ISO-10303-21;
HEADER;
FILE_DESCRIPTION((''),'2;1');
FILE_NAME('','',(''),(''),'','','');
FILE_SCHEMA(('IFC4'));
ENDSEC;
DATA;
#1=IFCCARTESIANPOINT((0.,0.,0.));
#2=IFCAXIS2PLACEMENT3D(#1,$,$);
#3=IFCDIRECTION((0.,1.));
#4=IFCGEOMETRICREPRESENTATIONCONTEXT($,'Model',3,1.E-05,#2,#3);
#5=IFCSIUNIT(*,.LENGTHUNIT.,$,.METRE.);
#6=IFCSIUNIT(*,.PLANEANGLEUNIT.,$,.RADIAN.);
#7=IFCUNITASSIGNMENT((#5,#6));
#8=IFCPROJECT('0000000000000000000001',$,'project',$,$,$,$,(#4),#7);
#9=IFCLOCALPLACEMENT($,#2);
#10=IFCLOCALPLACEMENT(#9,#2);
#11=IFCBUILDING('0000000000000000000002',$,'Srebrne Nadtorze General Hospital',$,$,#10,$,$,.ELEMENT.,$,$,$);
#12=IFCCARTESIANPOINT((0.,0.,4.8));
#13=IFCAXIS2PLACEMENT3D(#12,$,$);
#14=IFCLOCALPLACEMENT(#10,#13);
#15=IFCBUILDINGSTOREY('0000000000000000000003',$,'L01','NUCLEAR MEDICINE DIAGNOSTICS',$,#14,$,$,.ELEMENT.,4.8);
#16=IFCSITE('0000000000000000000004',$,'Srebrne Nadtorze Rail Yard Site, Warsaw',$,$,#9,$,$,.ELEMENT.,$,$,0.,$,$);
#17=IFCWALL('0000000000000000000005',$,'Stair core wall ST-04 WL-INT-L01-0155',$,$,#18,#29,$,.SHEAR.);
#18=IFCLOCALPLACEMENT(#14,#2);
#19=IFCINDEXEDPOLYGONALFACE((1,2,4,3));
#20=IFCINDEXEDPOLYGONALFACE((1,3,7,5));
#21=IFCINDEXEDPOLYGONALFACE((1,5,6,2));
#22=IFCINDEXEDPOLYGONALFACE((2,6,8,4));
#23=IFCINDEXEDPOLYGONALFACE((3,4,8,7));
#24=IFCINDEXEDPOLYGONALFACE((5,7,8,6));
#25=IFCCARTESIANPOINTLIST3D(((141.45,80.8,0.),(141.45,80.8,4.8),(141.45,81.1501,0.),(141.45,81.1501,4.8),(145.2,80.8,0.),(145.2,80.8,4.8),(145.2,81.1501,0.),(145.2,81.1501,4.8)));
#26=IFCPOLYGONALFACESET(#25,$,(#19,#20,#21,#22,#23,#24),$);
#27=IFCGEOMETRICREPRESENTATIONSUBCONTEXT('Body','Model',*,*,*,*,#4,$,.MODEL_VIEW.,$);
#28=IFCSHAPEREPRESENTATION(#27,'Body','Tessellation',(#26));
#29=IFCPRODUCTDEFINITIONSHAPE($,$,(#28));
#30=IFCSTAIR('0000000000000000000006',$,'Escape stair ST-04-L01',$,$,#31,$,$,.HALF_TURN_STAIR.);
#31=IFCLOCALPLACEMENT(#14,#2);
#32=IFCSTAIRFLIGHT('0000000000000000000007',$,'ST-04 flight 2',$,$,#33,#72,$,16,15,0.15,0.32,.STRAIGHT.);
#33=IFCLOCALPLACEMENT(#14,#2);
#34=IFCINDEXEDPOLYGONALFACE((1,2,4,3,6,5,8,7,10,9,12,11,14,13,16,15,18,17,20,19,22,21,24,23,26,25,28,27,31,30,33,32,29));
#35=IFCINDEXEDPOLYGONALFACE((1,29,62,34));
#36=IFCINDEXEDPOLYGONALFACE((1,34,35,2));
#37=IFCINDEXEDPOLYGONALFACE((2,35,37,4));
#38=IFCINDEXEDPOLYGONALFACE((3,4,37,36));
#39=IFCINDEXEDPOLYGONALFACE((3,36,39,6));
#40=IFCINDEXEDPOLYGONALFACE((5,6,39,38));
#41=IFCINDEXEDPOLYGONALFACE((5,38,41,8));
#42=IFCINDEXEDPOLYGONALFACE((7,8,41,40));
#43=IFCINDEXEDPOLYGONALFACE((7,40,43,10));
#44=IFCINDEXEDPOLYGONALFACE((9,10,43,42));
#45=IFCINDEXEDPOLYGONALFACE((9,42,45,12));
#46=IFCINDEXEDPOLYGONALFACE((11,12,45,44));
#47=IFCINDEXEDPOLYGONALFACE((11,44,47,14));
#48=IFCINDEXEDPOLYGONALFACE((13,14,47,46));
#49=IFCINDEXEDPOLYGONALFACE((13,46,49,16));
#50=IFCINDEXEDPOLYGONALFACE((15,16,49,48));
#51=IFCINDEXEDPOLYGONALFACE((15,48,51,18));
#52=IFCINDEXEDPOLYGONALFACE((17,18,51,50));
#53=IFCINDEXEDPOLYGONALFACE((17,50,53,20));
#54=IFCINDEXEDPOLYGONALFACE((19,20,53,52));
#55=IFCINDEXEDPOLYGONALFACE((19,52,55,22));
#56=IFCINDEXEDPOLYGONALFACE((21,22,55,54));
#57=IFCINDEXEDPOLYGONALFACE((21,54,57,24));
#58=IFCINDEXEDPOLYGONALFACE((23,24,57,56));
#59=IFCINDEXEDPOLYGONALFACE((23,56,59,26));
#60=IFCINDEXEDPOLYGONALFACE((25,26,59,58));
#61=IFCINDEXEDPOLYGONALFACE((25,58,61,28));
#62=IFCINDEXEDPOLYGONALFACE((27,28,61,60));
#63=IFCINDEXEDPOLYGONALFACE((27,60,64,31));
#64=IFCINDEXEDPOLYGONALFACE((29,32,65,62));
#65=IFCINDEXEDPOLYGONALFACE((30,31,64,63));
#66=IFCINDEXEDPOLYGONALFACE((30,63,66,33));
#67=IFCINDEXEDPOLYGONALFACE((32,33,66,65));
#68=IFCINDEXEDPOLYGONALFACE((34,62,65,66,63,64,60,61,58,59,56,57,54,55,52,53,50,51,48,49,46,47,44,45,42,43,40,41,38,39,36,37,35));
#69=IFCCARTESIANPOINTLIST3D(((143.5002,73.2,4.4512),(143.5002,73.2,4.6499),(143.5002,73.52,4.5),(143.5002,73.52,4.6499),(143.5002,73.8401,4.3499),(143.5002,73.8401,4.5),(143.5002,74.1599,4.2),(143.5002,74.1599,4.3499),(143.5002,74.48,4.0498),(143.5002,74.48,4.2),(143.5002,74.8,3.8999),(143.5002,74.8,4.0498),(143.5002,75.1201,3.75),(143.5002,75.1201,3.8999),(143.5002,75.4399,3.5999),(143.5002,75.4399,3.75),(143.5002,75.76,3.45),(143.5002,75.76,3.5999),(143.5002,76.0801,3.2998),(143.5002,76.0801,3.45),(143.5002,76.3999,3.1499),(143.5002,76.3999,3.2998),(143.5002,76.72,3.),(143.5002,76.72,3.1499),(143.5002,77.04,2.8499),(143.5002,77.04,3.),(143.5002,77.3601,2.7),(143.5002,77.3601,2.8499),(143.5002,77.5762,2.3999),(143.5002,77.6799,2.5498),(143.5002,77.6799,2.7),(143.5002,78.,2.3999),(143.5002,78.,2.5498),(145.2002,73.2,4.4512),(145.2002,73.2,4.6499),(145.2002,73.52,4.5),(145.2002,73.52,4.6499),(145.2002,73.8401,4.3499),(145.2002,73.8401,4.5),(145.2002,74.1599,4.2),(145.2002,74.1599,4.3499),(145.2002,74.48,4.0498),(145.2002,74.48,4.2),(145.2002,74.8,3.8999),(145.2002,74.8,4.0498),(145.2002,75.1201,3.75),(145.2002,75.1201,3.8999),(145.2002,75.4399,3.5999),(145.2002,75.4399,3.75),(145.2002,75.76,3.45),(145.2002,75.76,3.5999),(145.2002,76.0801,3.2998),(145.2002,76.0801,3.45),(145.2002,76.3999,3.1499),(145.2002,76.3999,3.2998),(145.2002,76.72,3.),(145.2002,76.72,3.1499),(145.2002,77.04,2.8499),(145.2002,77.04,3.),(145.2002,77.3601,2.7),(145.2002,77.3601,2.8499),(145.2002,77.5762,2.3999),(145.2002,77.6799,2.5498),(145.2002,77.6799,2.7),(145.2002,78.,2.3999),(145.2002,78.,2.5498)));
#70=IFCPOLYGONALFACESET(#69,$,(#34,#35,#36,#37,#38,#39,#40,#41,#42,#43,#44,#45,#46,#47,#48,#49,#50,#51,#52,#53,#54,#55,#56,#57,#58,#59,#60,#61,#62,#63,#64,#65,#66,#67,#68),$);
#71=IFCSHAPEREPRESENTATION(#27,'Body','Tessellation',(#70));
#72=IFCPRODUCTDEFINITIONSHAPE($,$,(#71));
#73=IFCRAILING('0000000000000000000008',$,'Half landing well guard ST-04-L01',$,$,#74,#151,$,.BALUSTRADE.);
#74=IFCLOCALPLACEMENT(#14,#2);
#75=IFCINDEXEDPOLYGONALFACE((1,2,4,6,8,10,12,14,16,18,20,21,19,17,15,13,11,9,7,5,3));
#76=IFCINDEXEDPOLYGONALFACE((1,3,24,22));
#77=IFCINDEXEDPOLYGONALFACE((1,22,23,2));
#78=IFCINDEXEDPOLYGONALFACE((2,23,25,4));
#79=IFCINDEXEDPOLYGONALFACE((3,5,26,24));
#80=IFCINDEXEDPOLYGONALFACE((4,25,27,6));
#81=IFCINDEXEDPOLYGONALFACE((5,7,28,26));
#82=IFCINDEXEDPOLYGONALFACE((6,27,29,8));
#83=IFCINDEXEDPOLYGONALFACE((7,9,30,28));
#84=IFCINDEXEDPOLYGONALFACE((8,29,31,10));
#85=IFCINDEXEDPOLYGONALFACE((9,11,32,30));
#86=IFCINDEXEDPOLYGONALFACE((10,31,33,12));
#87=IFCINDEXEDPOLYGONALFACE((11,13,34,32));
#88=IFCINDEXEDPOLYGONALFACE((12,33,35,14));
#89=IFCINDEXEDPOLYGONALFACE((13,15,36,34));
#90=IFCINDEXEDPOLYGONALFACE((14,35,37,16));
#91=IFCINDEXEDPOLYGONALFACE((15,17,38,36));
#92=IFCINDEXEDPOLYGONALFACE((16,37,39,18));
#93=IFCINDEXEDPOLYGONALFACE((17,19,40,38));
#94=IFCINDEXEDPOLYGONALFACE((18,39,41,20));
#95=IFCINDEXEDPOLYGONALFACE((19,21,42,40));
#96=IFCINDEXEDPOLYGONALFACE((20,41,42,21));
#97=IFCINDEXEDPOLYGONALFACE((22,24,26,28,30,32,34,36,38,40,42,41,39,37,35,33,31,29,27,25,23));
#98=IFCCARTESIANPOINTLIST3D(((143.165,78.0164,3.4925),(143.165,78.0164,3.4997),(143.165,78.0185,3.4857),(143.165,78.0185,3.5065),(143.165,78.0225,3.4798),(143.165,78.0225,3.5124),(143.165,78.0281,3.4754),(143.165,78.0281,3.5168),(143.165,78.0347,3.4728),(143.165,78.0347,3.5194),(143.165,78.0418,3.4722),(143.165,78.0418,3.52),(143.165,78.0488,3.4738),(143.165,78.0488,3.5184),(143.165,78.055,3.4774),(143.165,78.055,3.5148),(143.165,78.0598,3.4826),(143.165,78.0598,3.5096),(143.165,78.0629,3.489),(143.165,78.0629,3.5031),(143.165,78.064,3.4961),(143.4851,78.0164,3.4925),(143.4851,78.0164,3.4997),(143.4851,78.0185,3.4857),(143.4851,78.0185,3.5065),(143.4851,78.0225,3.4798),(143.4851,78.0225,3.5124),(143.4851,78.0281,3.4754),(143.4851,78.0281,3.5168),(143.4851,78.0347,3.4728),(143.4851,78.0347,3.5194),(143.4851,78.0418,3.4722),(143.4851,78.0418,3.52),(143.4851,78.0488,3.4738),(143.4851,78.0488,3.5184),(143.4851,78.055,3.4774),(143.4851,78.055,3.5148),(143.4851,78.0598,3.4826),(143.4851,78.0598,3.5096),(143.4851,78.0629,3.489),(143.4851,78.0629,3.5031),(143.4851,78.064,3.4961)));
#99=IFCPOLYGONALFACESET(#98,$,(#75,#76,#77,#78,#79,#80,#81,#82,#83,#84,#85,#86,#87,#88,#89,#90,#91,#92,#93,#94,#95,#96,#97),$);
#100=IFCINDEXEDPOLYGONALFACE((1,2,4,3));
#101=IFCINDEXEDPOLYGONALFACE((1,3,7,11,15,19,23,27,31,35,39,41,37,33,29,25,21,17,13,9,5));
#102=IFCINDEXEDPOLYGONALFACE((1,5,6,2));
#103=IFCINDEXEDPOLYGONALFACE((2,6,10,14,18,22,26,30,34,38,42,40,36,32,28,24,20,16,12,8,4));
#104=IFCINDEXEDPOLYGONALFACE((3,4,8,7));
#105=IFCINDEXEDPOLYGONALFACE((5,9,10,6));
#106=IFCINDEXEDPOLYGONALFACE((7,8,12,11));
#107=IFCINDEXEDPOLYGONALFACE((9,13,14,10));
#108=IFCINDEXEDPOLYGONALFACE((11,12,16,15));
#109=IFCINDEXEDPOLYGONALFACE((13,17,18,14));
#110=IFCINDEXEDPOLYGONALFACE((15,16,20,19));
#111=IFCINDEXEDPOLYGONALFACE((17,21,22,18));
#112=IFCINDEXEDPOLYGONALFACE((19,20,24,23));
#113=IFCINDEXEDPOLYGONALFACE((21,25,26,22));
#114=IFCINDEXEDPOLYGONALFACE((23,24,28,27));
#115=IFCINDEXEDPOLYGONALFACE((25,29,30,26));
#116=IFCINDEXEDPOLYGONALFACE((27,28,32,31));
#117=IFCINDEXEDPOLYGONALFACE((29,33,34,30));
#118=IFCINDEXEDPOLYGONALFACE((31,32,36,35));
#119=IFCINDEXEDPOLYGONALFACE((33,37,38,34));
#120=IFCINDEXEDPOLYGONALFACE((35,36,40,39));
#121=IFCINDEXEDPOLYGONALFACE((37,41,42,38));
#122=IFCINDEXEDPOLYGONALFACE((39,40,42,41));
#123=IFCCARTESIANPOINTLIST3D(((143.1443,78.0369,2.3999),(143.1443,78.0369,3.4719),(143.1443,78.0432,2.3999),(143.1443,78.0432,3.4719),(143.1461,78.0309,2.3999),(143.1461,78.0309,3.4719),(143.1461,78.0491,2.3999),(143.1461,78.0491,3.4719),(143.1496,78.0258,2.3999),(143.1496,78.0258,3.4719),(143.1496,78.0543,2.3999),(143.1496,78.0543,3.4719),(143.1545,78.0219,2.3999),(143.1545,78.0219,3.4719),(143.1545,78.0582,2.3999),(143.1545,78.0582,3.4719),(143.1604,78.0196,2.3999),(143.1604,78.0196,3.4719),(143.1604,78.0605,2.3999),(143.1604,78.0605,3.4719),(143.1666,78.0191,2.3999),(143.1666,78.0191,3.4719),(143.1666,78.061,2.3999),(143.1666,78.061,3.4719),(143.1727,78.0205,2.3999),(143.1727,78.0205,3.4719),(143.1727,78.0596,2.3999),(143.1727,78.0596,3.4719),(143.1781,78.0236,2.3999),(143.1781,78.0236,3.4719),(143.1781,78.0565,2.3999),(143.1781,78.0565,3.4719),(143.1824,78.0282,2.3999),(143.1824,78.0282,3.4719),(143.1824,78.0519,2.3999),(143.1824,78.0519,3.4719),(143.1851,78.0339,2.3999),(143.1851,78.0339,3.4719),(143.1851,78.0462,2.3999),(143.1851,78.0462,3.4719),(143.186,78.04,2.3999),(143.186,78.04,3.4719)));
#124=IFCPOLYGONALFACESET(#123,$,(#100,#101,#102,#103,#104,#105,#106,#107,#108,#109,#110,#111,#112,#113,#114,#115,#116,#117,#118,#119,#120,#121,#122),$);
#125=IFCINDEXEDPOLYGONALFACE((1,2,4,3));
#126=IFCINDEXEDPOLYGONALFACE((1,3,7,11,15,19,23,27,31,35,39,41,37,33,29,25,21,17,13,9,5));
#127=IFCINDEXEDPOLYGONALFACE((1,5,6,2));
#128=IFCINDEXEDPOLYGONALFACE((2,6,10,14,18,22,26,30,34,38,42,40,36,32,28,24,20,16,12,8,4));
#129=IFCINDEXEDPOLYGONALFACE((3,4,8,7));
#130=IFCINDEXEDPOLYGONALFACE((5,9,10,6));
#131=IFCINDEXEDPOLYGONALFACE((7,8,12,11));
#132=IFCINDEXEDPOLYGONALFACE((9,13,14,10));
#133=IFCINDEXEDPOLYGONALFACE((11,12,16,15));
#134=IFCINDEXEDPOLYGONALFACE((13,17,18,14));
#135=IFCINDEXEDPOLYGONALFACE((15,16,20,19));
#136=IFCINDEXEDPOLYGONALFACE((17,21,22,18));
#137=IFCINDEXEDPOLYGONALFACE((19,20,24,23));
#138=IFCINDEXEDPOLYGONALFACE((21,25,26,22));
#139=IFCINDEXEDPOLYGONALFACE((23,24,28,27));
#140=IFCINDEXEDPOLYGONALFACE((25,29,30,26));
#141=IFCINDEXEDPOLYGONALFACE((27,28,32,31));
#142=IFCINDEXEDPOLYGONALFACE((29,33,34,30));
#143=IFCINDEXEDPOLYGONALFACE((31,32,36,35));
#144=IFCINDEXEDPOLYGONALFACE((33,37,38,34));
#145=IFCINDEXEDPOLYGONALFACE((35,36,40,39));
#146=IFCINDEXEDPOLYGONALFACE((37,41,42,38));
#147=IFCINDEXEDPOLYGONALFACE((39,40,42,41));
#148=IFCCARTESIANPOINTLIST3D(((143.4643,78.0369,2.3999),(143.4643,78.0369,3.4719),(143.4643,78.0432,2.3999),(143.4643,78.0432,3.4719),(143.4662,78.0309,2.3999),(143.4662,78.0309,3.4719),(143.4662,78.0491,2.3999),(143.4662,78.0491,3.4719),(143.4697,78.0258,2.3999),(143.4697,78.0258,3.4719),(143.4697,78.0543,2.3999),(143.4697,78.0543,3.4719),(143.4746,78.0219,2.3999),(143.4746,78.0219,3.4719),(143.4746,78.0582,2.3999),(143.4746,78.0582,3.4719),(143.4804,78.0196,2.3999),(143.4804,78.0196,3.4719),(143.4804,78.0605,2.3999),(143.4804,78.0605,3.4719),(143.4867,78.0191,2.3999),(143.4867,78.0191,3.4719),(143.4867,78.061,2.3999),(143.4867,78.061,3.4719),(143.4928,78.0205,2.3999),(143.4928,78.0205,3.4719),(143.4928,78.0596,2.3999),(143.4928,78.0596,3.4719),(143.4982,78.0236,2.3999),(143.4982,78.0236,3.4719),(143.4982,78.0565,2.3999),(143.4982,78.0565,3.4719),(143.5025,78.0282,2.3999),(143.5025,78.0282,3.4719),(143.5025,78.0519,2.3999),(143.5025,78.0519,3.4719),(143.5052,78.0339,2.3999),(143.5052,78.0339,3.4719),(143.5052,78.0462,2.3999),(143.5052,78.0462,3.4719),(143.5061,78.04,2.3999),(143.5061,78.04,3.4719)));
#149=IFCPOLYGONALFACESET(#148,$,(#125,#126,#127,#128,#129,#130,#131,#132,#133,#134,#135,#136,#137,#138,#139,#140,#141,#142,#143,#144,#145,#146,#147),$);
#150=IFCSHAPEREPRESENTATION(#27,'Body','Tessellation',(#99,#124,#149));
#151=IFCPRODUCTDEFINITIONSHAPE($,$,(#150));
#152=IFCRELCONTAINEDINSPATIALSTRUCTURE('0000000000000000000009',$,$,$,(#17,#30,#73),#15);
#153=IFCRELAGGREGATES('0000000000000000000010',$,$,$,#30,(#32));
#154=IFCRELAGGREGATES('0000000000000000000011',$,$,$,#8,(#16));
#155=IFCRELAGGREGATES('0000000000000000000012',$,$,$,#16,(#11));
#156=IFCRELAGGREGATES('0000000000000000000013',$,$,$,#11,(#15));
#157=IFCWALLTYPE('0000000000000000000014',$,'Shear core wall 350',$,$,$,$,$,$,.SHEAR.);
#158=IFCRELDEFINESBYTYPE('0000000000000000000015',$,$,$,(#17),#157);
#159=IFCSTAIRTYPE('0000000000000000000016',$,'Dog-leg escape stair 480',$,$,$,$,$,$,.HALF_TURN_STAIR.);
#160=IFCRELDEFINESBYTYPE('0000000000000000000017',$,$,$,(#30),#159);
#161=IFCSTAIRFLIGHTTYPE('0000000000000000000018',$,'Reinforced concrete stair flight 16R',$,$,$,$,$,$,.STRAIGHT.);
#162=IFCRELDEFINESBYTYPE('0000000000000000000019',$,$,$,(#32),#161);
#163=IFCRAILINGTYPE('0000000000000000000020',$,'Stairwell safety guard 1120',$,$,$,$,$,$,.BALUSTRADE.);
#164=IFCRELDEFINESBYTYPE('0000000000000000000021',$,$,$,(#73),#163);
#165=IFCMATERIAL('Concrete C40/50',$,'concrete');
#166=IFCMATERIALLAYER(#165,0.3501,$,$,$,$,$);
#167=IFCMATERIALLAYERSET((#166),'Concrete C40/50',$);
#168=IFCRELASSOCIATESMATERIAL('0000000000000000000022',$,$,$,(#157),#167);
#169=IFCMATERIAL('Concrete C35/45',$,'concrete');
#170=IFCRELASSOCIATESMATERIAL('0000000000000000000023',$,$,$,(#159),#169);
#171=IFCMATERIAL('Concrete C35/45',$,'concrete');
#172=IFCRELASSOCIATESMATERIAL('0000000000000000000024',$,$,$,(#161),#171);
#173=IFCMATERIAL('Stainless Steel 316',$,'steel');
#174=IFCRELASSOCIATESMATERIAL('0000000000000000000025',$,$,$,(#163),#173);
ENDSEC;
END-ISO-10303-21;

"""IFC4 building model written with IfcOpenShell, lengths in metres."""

from ifc_helpers import new_model, si_unit, direction, frame, frame_2d, origin, origin_2d, place, context, subcontext, project, spatial, polyline, rectangle, circle, outline, extrude, material, layer, layer_set, type_object, element, aggregate, save


model = new_model("IFC4")

# Units and contexts
model_context = context("Model", 3, precision=1e-05, world=origin(), true_north=direction((0.0, 1.0)))
body_context = subcontext(model_context, "Body", "Model", "MODEL_VIEW")
ifc_project = project(units=[si_unit("LENGTHUNIT", "METRE"), si_unit("PLANEANGLEUNIT", "RADIAN")], contexts=[model_context])

# Site, building, storey
site_placement = place(None, origin())
site = spatial("IfcSite", under=ifc_project, at=site_placement, Name="Srebrne Nadtorze Rail Yard Site, Warsaw", CompositionType="ELEMENT", RefElevation=0.0)
building_placement = place(site_placement, origin())
building = spatial("IfcBuilding", under=site, at=building_placement, Name="Srebrne Nadtorze General Hospital", CompositionType="ELEMENT")
storey_placement = place(building_placement, frame((0.0, 0.0, 4.8)))
storey = spatial("IfcBuildingStorey", under=building, at=storey_placement, Name="L01", Description="NUCLEAR MEDICINE DIAGNOSTICS", CompositionType="ELEMENT", Elevation=4.8)

# Wall
ifc_material_1 = material(Name="Concrete C40/50", Category="concrete")
ifc_layer_1 = layer(ifc_material_1, 0.3501)
ifc_layer_set_1 = layer_set([ifc_layer_1], Name="Concrete C40/50")
wall_type_1 = type_object("IfcWallType", Name="Shear core wall 350", PredefinedType="SHEAR", material=ifc_layer_set_1)
wall_1_placement = place(storey_placement, frame((141.45, 80.9751, 0.0), z_axis=(0.0, 0.0, 1.0), x_axis=(1.0, 0.0, 0.0)))
element("IfcWall", 1, at=wall_1_placement, inside=storey, type_object=wall_type_1, Name="Stair core wall ST-04 WL-INT-L01-0155", PredefinedType="SHEAR", context=body_context, shape_type="SweptSolid", body=[
    extrude(rectangle(XDim=3.75, YDim=0.3501, at=frame_2d((1.875, 0.0))), origin(), (0.0, 0.0, 1.0), 4.8),
])

# Stair, stair flight
ifc_material_2 = material(Name="Concrete C35/45", Category="concrete")
stair_type = type_object("IfcStairType", Name="Dog-leg escape stair 480", PredefinedType="HALF_TURN_STAIR", material=ifc_material_2)
stair_placement = place(storey_placement, origin())
stair = element("IfcStair", 2, at=stair_placement, inside=storey, type_object=stair_type, Name="Escape stair ST-04-L01", PredefinedType="HALF_TURN_STAIR")
ifc_material_3 = material(Name="Concrete C35/45", Category="concrete")
stair_flight_type = type_object("IfcStairFlightType", Name="Reinforced concrete stair flight 16R", PredefinedType="STRAIGHT", material=ifc_material_3)
stair_flight_placement = place(storey_placement, frame((144.3501, 78.0, 2.3999), z_axis=(0.0, 0.0, 1.0), x_axis=(0.0, -1.0, 0.0)))
stair_flight = element("IfcStairFlight", 3, at=stair_flight_placement, type_object=stair_flight_type, Name="ST-04 flight 2", NumberOfRisers=16, NumberOfTreads=15, PredefinedType="STRAIGHT", RiserHeight=0.15, TreadLength=0.32, context=body_context, shape_type="SweptSolid", body=[
    extrude(outline(polyline([(0.0, 0.0), (0.0, 0.1499), (0.3201, 0.1499), (0.3201, 0.3), (0.6399, 0.3), (0.6399, 0.45), (0.96, 0.45), (0.96, 0.6001), (1.28, 0.6001), (1.28, 0.75), (1.6001, 0.75), (1.6001, 0.8999), (1.9199, 0.8999), (1.9199, 1.05), (2.24, 1.05), (2.24, 1.2), (2.5601, 1.2), (2.5601, 1.3501), (2.8799, 1.3501), (2.8799, 1.5), (3.2, 1.5), (3.2, 1.6499), (3.52, 1.6499), (3.52, 1.8), (3.8401, 1.8), (3.8401, 1.95), (4.1599, 1.95), (4.1599, 2.1001), (4.48, 2.1001), (4.48, 2.25), (4.8, 2.25), (4.8, 2.3999), (4.8, 2.0513), (0.4238, 0.0), (0.0, 0.0)])), frame((0.0, 0.8501, 0.0), z_axis=(0.0, -1.0, 0.0), x_axis=(1.0, 0.0, 0.0)), (0.0, 0.0, 1.0), 1.7),
])
aggregate(stair, [stair_flight])

# Railing
ifc_material_4 = material(Name="Stainless Steel 316", Category="steel")
railing_type = type_object("IfcRailingType", Name="Stairwell safety guard 1120", PredefinedType="BALUSTRADE", material=ifc_material_4)
railing_placement = place(storey_placement, frame((143.165, 78.04, 2.3999)))
element("IfcRailing", 4, at=railing_placement, inside=storey, type_object=railing_type, Name="Half landing well guard ST-04-L01", PredefinedType="BALUSTRADE", context=body_context, shape_type="SweptSolid", body=[
    extrude(circle(Radius=0.0239, at=origin_2d()), frame((0.0, 0.0, 1.0962), z_axis=(1.0, 0.0, 0.0), x_axis=(0.0, 1.0, 0.0)), (0.0, 0.0, 1.0), 0.3201),
    extrude(circle(Radius=0.021, at=origin_2d()), origin(), (0.0, 0.0, 1.0), 1.072),
    extrude(circle(Radius=0.021, at=origin_2d()), frame((0.3201, 0.0, 0.0)), (0.0, 0.0, 1.0), 1.072),
])

save(model, "model.ifc")
